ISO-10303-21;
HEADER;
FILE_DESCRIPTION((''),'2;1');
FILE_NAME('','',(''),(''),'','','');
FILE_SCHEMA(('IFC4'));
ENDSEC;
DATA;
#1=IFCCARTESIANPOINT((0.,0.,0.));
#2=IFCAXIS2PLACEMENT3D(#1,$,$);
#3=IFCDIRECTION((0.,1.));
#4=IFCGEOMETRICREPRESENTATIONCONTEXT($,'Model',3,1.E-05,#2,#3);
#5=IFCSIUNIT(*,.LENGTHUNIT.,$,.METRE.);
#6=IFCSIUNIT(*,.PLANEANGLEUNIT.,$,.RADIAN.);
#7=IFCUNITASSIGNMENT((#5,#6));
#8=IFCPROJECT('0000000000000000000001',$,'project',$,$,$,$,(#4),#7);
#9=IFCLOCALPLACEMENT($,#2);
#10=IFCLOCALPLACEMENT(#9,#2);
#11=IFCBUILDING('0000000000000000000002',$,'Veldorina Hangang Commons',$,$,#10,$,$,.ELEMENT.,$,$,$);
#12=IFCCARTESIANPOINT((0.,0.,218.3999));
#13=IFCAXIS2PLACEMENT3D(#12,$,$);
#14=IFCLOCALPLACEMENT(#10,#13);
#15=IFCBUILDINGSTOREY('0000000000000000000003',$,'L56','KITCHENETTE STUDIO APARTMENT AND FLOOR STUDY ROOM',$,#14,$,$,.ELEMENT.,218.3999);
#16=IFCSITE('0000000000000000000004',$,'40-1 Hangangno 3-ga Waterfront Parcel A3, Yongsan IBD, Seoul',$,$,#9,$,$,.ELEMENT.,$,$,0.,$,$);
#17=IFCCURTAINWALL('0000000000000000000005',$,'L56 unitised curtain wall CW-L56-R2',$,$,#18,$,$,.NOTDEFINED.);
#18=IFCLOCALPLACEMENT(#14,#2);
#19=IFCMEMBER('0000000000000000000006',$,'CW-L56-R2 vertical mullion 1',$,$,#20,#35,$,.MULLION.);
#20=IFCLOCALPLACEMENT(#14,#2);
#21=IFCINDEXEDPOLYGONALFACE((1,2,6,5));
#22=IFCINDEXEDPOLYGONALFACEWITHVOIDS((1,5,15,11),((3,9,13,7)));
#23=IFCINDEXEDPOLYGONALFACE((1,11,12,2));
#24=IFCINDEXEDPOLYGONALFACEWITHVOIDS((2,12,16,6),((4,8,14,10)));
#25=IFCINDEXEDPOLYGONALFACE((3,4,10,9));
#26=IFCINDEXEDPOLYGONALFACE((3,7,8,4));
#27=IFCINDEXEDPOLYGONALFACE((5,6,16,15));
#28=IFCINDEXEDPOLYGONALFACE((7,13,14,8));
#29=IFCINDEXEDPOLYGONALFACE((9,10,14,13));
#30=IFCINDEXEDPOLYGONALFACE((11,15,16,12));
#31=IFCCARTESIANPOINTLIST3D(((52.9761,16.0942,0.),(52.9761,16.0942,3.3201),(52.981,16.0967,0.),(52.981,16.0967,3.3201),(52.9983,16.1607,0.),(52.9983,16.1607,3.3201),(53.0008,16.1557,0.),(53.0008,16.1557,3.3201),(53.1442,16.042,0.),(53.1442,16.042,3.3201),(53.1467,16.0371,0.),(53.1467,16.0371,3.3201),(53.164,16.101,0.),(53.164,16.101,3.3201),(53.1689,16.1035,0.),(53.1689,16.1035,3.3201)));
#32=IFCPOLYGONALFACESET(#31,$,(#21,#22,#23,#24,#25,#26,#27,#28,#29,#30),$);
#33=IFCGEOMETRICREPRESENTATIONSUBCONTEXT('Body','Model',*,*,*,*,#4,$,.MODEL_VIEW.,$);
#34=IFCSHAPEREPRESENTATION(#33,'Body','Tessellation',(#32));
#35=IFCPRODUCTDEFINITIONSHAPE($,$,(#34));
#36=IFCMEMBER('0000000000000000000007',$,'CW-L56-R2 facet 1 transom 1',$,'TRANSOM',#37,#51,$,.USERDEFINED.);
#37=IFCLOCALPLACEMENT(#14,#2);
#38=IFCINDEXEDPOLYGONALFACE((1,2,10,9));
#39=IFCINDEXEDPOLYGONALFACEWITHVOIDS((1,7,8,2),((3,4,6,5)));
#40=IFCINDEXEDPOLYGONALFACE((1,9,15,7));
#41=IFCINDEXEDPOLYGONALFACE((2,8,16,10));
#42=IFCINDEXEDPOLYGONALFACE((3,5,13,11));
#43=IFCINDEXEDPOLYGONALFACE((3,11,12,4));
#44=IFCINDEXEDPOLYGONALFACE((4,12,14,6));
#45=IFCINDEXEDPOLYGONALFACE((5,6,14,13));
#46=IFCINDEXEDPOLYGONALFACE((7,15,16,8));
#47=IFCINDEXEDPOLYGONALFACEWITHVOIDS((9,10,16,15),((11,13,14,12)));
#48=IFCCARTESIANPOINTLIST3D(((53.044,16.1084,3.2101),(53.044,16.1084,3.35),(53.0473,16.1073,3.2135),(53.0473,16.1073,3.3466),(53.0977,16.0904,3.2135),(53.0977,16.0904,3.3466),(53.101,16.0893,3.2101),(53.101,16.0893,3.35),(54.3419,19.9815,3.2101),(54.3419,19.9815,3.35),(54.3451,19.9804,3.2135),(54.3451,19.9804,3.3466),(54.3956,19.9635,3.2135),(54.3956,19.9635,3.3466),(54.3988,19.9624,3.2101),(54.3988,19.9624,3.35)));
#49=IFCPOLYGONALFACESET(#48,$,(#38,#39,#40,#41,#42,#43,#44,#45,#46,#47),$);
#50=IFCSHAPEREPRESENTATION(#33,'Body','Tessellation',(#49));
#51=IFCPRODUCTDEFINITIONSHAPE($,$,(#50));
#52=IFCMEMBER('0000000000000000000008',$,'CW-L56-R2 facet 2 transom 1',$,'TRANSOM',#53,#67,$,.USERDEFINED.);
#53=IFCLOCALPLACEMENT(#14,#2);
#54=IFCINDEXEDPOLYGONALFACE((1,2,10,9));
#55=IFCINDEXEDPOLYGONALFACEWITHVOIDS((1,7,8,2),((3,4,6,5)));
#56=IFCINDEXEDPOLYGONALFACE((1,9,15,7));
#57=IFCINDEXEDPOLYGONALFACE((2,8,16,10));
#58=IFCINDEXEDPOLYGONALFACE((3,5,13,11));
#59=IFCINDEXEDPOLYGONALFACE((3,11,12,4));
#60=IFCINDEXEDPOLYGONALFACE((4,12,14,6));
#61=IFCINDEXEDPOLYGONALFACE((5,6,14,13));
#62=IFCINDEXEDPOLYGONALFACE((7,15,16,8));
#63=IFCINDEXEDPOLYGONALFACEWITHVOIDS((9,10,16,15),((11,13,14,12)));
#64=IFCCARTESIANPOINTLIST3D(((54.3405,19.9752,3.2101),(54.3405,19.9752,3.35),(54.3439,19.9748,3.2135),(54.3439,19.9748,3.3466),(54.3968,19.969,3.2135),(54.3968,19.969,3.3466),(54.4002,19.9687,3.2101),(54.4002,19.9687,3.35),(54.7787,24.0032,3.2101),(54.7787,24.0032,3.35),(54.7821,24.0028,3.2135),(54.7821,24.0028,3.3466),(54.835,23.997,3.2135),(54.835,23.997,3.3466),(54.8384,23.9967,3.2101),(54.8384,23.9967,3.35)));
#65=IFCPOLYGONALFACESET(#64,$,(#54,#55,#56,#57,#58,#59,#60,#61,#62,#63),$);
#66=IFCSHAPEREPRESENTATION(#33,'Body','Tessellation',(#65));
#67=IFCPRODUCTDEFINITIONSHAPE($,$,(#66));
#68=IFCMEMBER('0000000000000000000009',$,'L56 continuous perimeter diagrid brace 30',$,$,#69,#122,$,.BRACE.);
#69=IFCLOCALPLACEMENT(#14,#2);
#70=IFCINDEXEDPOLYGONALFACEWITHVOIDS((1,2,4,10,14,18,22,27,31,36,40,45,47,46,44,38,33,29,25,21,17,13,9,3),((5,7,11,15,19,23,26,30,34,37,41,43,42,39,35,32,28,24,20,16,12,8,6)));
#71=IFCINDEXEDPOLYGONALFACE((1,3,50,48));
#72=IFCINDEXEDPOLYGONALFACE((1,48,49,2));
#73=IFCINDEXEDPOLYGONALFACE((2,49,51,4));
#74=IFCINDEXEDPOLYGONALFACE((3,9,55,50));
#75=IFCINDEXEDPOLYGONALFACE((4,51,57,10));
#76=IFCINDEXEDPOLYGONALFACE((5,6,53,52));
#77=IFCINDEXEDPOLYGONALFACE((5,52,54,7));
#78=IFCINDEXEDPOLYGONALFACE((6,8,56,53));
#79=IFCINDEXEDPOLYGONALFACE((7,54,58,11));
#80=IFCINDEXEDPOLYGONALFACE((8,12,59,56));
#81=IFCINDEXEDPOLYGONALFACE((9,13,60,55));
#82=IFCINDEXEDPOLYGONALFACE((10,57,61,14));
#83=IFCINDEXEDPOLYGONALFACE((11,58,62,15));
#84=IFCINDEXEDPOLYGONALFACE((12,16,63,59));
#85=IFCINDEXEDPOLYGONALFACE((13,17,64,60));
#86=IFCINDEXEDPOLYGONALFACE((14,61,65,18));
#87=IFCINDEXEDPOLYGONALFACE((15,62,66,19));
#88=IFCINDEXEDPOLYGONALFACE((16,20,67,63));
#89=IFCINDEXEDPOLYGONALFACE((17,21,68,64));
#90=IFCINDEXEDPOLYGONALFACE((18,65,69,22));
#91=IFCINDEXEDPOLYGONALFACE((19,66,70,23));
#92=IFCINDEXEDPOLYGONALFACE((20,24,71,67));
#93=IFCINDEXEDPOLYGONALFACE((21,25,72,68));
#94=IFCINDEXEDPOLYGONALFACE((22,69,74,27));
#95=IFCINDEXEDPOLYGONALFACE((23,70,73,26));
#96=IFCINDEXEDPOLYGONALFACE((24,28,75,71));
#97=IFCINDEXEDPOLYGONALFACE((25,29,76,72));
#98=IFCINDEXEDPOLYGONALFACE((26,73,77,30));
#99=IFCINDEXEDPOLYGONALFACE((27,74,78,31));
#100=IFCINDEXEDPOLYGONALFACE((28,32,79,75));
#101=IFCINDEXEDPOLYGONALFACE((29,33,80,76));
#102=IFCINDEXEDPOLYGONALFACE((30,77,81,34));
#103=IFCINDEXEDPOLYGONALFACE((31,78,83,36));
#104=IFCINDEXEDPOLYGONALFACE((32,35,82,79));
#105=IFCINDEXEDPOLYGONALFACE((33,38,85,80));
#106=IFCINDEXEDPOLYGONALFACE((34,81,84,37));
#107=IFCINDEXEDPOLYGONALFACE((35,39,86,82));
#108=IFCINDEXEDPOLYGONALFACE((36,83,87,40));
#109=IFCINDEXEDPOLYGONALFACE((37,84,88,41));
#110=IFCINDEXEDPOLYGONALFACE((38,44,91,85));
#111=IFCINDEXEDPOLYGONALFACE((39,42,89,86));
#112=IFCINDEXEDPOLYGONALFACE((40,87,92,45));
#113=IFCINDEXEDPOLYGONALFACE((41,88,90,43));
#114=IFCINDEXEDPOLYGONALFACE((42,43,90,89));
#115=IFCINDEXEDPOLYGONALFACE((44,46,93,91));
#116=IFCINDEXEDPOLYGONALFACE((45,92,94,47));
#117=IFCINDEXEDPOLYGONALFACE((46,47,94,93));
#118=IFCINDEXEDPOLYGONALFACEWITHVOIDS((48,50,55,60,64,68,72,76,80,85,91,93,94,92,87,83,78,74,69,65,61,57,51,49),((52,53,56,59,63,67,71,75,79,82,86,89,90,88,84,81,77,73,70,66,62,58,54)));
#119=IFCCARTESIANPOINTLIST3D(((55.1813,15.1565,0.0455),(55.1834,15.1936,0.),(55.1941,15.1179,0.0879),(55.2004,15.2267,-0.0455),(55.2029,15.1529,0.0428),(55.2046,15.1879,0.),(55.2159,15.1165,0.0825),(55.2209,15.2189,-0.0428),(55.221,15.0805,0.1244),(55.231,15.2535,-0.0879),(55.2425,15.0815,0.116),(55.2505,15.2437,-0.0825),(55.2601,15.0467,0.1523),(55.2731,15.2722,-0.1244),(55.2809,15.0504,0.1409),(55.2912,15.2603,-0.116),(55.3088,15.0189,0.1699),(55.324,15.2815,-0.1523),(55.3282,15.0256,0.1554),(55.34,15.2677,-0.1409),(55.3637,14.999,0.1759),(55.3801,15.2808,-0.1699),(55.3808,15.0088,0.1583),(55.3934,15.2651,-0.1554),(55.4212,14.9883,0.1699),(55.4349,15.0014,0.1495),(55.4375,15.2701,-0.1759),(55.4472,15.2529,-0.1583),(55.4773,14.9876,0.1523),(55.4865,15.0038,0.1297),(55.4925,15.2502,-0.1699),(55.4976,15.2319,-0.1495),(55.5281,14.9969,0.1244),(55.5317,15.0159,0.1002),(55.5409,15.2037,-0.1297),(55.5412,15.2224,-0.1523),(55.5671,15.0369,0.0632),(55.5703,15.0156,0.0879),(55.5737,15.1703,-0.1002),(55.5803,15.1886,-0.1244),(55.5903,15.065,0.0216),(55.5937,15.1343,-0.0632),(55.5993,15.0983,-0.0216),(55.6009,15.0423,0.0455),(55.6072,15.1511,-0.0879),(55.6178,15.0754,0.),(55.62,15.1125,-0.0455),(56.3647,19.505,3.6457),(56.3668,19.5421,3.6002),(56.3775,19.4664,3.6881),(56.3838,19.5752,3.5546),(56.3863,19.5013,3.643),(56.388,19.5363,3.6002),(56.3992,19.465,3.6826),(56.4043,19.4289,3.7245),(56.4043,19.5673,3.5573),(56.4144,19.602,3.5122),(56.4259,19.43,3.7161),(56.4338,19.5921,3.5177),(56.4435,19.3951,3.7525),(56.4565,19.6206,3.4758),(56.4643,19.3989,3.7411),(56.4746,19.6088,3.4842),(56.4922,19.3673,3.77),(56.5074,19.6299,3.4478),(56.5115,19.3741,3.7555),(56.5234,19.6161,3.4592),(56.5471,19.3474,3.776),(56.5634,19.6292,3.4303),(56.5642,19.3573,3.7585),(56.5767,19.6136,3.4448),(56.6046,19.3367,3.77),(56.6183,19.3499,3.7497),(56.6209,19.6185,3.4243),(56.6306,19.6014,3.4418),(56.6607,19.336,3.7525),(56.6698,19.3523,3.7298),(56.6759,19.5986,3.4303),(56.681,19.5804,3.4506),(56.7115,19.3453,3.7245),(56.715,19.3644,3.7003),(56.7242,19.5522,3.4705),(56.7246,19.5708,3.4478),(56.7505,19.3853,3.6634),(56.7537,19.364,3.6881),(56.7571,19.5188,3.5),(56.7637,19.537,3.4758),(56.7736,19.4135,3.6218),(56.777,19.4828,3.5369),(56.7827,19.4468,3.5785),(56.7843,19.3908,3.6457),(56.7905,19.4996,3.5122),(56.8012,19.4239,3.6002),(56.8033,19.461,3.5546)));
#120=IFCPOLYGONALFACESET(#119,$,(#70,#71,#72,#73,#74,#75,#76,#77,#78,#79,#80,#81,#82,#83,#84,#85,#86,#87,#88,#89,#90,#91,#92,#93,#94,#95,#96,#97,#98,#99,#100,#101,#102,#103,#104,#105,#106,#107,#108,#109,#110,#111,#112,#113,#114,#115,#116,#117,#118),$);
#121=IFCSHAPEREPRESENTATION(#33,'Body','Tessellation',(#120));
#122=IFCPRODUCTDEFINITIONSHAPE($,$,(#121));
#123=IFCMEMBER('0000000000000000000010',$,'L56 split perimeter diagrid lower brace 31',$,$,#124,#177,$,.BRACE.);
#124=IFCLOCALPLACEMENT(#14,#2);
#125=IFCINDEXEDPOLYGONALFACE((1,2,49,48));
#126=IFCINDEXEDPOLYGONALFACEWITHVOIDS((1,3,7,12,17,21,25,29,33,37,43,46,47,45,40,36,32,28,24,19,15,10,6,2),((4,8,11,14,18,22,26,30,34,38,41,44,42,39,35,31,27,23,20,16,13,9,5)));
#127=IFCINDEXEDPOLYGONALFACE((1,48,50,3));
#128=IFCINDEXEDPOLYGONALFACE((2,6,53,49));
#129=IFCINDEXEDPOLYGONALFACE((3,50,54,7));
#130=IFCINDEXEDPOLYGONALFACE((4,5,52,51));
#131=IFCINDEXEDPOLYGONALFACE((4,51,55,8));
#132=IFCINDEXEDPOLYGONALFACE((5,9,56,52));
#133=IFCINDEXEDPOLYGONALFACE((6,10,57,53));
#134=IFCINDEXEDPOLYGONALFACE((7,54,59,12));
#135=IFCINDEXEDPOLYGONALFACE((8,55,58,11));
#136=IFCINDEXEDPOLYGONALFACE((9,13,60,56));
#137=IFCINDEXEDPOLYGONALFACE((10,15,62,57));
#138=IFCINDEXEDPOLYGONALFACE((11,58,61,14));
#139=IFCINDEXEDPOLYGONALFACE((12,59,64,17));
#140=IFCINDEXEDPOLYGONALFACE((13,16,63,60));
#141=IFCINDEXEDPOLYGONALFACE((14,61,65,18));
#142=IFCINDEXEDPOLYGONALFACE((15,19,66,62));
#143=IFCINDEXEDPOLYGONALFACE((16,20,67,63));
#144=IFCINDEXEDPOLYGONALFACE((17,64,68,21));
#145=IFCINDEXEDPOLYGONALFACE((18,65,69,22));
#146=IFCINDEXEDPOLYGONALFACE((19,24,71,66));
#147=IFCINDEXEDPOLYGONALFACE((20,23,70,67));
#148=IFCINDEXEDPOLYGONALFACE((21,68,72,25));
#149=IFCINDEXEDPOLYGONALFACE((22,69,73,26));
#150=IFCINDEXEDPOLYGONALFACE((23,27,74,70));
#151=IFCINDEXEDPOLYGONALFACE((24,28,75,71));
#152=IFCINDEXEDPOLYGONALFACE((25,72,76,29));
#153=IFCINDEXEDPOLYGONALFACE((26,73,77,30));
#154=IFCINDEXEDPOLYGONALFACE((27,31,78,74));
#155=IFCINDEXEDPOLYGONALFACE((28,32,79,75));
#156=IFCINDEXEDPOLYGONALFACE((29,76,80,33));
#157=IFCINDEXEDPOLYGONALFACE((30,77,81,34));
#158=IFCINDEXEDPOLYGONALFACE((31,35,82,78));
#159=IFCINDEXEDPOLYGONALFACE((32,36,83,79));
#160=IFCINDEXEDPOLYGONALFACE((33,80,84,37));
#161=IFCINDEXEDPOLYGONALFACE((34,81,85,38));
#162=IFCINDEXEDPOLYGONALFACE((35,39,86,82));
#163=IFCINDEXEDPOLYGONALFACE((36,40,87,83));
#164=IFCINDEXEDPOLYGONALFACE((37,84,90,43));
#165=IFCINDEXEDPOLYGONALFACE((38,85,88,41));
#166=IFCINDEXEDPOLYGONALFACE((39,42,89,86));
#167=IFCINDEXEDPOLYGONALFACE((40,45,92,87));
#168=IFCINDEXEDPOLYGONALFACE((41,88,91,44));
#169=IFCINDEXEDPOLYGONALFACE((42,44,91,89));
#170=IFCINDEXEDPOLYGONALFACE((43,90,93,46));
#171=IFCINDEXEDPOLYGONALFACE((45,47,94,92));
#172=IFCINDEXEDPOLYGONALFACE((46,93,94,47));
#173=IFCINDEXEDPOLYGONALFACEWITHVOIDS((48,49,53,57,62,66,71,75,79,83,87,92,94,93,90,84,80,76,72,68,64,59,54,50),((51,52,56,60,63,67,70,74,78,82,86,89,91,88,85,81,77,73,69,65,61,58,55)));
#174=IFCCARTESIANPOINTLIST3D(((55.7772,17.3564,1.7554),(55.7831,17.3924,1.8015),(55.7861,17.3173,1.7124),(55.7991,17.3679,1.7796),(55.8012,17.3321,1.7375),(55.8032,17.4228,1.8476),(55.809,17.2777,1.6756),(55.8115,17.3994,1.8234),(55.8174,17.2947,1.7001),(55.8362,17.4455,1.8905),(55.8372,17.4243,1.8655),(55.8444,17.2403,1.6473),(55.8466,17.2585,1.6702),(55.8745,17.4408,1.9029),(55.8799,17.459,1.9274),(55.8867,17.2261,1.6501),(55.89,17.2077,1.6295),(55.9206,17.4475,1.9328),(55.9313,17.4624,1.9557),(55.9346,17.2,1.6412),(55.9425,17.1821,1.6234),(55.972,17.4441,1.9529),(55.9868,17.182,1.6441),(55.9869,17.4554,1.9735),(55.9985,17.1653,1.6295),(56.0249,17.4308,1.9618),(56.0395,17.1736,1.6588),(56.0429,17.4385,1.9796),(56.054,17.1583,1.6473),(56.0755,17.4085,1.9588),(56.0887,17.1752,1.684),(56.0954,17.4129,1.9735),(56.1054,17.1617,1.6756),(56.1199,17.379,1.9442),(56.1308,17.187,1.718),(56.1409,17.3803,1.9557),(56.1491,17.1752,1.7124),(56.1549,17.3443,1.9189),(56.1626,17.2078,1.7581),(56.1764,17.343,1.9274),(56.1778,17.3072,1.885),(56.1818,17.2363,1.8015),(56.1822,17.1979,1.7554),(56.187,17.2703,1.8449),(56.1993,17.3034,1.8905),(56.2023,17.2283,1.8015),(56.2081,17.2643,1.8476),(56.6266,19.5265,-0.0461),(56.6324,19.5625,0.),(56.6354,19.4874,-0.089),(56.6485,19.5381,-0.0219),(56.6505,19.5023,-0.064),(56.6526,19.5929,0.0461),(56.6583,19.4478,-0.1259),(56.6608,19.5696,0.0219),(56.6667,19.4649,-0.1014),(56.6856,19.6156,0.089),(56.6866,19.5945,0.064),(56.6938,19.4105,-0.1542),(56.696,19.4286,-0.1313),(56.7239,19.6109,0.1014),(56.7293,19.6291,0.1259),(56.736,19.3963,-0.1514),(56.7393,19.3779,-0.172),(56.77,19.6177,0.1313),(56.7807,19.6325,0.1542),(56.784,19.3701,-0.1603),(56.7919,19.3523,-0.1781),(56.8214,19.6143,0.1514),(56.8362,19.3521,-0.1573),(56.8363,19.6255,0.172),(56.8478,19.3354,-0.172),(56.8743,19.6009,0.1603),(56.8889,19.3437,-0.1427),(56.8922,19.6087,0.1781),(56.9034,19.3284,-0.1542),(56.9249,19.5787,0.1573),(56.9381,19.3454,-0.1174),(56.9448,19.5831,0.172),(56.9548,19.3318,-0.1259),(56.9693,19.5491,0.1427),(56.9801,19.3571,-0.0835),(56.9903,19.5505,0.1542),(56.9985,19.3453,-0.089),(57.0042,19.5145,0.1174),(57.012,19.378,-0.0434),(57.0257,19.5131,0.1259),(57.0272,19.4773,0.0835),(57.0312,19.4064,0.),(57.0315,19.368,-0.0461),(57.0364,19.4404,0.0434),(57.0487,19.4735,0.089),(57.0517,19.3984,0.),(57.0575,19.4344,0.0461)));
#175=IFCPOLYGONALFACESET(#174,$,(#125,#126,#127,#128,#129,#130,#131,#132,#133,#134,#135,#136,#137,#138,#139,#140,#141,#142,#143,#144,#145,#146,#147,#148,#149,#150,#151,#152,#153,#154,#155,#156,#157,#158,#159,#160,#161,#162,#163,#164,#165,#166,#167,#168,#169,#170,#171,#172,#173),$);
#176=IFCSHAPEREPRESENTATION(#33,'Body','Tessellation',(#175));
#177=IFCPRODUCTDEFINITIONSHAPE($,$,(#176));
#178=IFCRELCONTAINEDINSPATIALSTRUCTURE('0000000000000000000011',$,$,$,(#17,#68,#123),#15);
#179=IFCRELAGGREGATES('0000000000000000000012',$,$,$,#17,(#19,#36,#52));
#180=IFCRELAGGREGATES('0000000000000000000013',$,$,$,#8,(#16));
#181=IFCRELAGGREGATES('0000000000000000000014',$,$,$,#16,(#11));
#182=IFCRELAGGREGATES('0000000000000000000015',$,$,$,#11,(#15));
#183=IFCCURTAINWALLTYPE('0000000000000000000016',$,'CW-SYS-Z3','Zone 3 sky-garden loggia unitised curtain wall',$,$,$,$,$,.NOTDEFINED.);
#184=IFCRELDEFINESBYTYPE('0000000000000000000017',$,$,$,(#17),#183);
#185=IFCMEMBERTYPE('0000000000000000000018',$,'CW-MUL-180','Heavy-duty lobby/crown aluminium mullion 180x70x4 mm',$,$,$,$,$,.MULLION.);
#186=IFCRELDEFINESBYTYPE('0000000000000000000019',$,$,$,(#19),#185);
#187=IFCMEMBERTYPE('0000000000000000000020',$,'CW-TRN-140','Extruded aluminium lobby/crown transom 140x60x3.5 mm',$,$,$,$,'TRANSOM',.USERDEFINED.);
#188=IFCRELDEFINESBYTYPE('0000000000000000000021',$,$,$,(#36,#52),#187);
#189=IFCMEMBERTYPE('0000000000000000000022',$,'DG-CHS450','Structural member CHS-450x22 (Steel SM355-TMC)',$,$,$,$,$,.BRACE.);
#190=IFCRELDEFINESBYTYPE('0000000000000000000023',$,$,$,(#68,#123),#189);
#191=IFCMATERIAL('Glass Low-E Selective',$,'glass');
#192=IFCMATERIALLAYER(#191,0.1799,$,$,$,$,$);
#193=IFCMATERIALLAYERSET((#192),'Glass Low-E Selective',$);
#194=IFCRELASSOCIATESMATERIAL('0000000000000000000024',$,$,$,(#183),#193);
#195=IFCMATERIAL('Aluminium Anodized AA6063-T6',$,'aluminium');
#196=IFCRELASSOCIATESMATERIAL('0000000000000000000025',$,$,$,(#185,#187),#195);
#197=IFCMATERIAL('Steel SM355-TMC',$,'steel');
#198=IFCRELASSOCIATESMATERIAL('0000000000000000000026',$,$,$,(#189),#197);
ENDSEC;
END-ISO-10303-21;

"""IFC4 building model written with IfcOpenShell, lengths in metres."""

from ifc_helpers import new_model, si_unit, direction, frame, origin, origin_2d, place, context, subcontext, project, spatial, hollow_rectangle, hollow_circle, extrude, material, layer, layer_set, material_profile, profile_set, type_object, element, aggregate, save


model = new_model("IFC4")

# Units and contexts
model_context = context("Model", 3, precision=1e-05, world=origin(), true_north=direction((0.0, 1.0)))
body_context = subcontext(model_context, "Body", "Model", "MODEL_VIEW")
ifc_project = project(units=[si_unit("LENGTHUNIT", "METRE"), si_unit("PLANEANGLEUNIT", "RADIAN")], contexts=[model_context])

# Site, building, storey
site_placement = place(None, origin())
site = spatial("IfcSite", under=ifc_project, at=site_placement, Name="40-1 Hangangno 3-ga Waterfront Parcel A3, Yongsan IBD, Seoul", CompositionType="ELEMENT", RefElevation=0.0)
building_placement = place(site_placement, origin())
building = spatial("IfcBuilding", under=site, at=building_placement, Name="Veldorina Hangang Commons", CompositionType="ELEMENT")
storey_placement = place(building_placement, frame((0.0, 0.0, 218.3999)))
storey = spatial("IfcBuildingStorey", under=building, at=storey_placement, Name="L56", Description="KITCHENETTE STUDIO APARTMENT AND FLOOR STUDY ROOM", CompositionType="ELEMENT", Elevation=218.3999)

# Shared definitions
ifc_material_1 = material(Name="Steel SM355-TMC", Category="steel")

# Curtain wall, members
ifc_material_2 = material(Name="Glass Low-E Selective", Category="glass")
ifc_layer_1 = layer(ifc_material_2, 0.1799)
ifc_layer_set_1 = layer_set([ifc_layer_1], Name="Glass Low-E Selective")
curtain_wall_type = type_object("IfcCurtainWallType", Name="CW-SYS-Z3", Description="Zone 3 sky-garden loggia unitised curtain wall", PredefinedType="NOTDEFINED", material=ifc_layer_set_1)
curtain_wall_placement = place(storey_placement, origin())
curtain_wall = element("IfcCurtainWall", 1, at=curtain_wall_placement, inside=storey, type_object=curtain_wall_type, Name="L56 unitised curtain wall CW-L56-R2", PredefinedType="NOTDEFINED")
ifc_material_3 = material(Name="Aluminium Anodized AA6063-T6", Category="aluminium")
ifc_material_profile_1 = material_profile(ifc_material_3, hollow_rectangle(XDim=0.0701, YDim=0.1799, WallThickness=0.0039, at=origin_2d()), Name="ALU-RHS-180x70x4")
ifc_profile_set_1 = profile_set([ifc_material_profile_1], Name="Aluminium Anodized AA6063-T6")
member_type_1 = type_object("IfcMemberType", Name="CW-MUL-180", Description="Heavy-duty lobby/crown aluminium mullion 180x70x4 mm", PredefinedType="MULLION", material=ifc_profile_set_1)
member_1_placement = place(storey_placement, frame((53.0725, 16.0989, 0.0), z_axis=(0.0, 0.0, 1.0), x_axis=(0.317735, 0.94818, 0.0)))
member_1 = element("IfcMember", 2, at=member_1_placement, type_object=member_type_1, Name="CW-L56-R2 vertical mullion 1", PredefinedType="MULLION", context=body_context, shape_type="SweptSolid", body=[
    extrude(hollow_rectangle(XDim=0.0701, YDim=0.1799, WallThickness=0.0039, at=origin_2d()), origin(), (0.0, 0.0, 1.0), 3.3201),
])
ifc_material_profile_2 = material_profile(ifc_material_3, hollow_rectangle(XDim=0.0601, YDim=0.1399, WallThickness=0.0034, at=origin_2d()), Name="ALU-RHS-140x60x3.5")
ifc_profile_set_2 = profile_set([ifc_material_profile_2], Name="Aluminium Anodized AA6063-T6")
member_type_2 = type_object("IfcMemberType", Name="CW-TRN-140", Description="Extruded aluminium lobby/crown transom 140x60x3.5 mm", ElementType="TRANSOM", PredefinedType="USERDEFINED", material=ifc_profile_set_2)
member_2_placement = place(storey_placement, frame((53.0725, 16.0989, 3.28), z_axis=(0.317734, 0.94818, 0.0), x_axis=(-0.94818, 0.317734, 0.0)))
member_2 = element("IfcMember", 3, at=member_2_placement, type_object=member_type_2, Name="CW-L56-R2 facet 1 transom 1", ObjectType="TRANSOM", PredefinedType="USERDEFINED", context=body_context, shape_type="SweptSolid", body=[
    extrude(hollow_rectangle(XDim=0.0601, YDim=0.1399, WallThickness=0.0034, at=origin_2d()), origin(), (0.0, 0.0, 1.0), 4.0847),
])
member_3_placement = place(storey_placement, frame((54.3704, 19.9719, 3.28), z_axis=(0.108156, 0.994134, 0.0), x_axis=(-0.994134, 0.108156, 0.0)))
member_3 = element("IfcMember", 4, at=member_3_placement, type_object=member_type_2, Name="CW-L56-R2 facet 2 transom 1", ObjectType="TRANSOM", PredefinedType="USERDEFINED", context=body_context, shape_type="SweptSolid", body=[
    extrude(hollow_rectangle(XDim=0.0601, YDim=0.1399, WallThickness=0.0034, at=origin_2d()), origin(), (0.0, 0.0, 1.0), 4.0518),
])

# Members
ifc_material_profile_3 = material_profile(ifc_material_1, hollow_circle(Radius=0.2251, WallThickness=0.022, at=origin_2d()), Name="CHS-450x22")
ifc_profile_set_3 = profile_set([ifc_material_profile_3], Name="Steel SM355-TMC")
member_type_3 = type_object("IfcMemberType", Name="DG-CHS450", Description="Structural member CHS-450x22 (Steel SM355-TMC)", PredefinedType="BRACE", material=ifc_profile_set_3)
member_4_placement = place(storey_placement, frame((55.4006, 15.1345, 0.0), z_axis=(0.205159, 0.753885, 0.624153), x_axis=(-0.964909, 0.262586, 0.0)))
element("IfcMember", 5, at=member_4_placement, inside=storey, type_object=member_type_3, Name="L56 continuous perimeter diagrid brace 30", PredefinedType="BRACE", context=body_context, shape_type="SweptSolid", body=[
    extrude(hollow_circle(Radius=0.2251, WallThickness=0.022, at=origin_2d()), origin(), (0.0, 0.0, 1.0), 5.7681),
])
member_5_placement = place(storey_placement, frame((56.842, 19.4805, 0.0), z_axis=(-0.288352, -0.736751, 0.611597), x_axis=(0.931218, -0.364463, 0.0)))
element("IfcMember", 6, at=member_5_placement, inside=storey, type_object=member_type_3, Name="L56 split perimeter diagrid lower brace 31", PredefinedType="BRACE", context=body_context, shape_type="SweptSolid", body=[
    extrude(hollow_circle(Radius=0.2251, WallThickness=0.022, at=origin_2d()), origin(), (0.0, 0.0, 1.0), 2.9456),
])

aggregate(curtain_wall, [member_1, member_2, member_3])

save(model, "model.ifc")
